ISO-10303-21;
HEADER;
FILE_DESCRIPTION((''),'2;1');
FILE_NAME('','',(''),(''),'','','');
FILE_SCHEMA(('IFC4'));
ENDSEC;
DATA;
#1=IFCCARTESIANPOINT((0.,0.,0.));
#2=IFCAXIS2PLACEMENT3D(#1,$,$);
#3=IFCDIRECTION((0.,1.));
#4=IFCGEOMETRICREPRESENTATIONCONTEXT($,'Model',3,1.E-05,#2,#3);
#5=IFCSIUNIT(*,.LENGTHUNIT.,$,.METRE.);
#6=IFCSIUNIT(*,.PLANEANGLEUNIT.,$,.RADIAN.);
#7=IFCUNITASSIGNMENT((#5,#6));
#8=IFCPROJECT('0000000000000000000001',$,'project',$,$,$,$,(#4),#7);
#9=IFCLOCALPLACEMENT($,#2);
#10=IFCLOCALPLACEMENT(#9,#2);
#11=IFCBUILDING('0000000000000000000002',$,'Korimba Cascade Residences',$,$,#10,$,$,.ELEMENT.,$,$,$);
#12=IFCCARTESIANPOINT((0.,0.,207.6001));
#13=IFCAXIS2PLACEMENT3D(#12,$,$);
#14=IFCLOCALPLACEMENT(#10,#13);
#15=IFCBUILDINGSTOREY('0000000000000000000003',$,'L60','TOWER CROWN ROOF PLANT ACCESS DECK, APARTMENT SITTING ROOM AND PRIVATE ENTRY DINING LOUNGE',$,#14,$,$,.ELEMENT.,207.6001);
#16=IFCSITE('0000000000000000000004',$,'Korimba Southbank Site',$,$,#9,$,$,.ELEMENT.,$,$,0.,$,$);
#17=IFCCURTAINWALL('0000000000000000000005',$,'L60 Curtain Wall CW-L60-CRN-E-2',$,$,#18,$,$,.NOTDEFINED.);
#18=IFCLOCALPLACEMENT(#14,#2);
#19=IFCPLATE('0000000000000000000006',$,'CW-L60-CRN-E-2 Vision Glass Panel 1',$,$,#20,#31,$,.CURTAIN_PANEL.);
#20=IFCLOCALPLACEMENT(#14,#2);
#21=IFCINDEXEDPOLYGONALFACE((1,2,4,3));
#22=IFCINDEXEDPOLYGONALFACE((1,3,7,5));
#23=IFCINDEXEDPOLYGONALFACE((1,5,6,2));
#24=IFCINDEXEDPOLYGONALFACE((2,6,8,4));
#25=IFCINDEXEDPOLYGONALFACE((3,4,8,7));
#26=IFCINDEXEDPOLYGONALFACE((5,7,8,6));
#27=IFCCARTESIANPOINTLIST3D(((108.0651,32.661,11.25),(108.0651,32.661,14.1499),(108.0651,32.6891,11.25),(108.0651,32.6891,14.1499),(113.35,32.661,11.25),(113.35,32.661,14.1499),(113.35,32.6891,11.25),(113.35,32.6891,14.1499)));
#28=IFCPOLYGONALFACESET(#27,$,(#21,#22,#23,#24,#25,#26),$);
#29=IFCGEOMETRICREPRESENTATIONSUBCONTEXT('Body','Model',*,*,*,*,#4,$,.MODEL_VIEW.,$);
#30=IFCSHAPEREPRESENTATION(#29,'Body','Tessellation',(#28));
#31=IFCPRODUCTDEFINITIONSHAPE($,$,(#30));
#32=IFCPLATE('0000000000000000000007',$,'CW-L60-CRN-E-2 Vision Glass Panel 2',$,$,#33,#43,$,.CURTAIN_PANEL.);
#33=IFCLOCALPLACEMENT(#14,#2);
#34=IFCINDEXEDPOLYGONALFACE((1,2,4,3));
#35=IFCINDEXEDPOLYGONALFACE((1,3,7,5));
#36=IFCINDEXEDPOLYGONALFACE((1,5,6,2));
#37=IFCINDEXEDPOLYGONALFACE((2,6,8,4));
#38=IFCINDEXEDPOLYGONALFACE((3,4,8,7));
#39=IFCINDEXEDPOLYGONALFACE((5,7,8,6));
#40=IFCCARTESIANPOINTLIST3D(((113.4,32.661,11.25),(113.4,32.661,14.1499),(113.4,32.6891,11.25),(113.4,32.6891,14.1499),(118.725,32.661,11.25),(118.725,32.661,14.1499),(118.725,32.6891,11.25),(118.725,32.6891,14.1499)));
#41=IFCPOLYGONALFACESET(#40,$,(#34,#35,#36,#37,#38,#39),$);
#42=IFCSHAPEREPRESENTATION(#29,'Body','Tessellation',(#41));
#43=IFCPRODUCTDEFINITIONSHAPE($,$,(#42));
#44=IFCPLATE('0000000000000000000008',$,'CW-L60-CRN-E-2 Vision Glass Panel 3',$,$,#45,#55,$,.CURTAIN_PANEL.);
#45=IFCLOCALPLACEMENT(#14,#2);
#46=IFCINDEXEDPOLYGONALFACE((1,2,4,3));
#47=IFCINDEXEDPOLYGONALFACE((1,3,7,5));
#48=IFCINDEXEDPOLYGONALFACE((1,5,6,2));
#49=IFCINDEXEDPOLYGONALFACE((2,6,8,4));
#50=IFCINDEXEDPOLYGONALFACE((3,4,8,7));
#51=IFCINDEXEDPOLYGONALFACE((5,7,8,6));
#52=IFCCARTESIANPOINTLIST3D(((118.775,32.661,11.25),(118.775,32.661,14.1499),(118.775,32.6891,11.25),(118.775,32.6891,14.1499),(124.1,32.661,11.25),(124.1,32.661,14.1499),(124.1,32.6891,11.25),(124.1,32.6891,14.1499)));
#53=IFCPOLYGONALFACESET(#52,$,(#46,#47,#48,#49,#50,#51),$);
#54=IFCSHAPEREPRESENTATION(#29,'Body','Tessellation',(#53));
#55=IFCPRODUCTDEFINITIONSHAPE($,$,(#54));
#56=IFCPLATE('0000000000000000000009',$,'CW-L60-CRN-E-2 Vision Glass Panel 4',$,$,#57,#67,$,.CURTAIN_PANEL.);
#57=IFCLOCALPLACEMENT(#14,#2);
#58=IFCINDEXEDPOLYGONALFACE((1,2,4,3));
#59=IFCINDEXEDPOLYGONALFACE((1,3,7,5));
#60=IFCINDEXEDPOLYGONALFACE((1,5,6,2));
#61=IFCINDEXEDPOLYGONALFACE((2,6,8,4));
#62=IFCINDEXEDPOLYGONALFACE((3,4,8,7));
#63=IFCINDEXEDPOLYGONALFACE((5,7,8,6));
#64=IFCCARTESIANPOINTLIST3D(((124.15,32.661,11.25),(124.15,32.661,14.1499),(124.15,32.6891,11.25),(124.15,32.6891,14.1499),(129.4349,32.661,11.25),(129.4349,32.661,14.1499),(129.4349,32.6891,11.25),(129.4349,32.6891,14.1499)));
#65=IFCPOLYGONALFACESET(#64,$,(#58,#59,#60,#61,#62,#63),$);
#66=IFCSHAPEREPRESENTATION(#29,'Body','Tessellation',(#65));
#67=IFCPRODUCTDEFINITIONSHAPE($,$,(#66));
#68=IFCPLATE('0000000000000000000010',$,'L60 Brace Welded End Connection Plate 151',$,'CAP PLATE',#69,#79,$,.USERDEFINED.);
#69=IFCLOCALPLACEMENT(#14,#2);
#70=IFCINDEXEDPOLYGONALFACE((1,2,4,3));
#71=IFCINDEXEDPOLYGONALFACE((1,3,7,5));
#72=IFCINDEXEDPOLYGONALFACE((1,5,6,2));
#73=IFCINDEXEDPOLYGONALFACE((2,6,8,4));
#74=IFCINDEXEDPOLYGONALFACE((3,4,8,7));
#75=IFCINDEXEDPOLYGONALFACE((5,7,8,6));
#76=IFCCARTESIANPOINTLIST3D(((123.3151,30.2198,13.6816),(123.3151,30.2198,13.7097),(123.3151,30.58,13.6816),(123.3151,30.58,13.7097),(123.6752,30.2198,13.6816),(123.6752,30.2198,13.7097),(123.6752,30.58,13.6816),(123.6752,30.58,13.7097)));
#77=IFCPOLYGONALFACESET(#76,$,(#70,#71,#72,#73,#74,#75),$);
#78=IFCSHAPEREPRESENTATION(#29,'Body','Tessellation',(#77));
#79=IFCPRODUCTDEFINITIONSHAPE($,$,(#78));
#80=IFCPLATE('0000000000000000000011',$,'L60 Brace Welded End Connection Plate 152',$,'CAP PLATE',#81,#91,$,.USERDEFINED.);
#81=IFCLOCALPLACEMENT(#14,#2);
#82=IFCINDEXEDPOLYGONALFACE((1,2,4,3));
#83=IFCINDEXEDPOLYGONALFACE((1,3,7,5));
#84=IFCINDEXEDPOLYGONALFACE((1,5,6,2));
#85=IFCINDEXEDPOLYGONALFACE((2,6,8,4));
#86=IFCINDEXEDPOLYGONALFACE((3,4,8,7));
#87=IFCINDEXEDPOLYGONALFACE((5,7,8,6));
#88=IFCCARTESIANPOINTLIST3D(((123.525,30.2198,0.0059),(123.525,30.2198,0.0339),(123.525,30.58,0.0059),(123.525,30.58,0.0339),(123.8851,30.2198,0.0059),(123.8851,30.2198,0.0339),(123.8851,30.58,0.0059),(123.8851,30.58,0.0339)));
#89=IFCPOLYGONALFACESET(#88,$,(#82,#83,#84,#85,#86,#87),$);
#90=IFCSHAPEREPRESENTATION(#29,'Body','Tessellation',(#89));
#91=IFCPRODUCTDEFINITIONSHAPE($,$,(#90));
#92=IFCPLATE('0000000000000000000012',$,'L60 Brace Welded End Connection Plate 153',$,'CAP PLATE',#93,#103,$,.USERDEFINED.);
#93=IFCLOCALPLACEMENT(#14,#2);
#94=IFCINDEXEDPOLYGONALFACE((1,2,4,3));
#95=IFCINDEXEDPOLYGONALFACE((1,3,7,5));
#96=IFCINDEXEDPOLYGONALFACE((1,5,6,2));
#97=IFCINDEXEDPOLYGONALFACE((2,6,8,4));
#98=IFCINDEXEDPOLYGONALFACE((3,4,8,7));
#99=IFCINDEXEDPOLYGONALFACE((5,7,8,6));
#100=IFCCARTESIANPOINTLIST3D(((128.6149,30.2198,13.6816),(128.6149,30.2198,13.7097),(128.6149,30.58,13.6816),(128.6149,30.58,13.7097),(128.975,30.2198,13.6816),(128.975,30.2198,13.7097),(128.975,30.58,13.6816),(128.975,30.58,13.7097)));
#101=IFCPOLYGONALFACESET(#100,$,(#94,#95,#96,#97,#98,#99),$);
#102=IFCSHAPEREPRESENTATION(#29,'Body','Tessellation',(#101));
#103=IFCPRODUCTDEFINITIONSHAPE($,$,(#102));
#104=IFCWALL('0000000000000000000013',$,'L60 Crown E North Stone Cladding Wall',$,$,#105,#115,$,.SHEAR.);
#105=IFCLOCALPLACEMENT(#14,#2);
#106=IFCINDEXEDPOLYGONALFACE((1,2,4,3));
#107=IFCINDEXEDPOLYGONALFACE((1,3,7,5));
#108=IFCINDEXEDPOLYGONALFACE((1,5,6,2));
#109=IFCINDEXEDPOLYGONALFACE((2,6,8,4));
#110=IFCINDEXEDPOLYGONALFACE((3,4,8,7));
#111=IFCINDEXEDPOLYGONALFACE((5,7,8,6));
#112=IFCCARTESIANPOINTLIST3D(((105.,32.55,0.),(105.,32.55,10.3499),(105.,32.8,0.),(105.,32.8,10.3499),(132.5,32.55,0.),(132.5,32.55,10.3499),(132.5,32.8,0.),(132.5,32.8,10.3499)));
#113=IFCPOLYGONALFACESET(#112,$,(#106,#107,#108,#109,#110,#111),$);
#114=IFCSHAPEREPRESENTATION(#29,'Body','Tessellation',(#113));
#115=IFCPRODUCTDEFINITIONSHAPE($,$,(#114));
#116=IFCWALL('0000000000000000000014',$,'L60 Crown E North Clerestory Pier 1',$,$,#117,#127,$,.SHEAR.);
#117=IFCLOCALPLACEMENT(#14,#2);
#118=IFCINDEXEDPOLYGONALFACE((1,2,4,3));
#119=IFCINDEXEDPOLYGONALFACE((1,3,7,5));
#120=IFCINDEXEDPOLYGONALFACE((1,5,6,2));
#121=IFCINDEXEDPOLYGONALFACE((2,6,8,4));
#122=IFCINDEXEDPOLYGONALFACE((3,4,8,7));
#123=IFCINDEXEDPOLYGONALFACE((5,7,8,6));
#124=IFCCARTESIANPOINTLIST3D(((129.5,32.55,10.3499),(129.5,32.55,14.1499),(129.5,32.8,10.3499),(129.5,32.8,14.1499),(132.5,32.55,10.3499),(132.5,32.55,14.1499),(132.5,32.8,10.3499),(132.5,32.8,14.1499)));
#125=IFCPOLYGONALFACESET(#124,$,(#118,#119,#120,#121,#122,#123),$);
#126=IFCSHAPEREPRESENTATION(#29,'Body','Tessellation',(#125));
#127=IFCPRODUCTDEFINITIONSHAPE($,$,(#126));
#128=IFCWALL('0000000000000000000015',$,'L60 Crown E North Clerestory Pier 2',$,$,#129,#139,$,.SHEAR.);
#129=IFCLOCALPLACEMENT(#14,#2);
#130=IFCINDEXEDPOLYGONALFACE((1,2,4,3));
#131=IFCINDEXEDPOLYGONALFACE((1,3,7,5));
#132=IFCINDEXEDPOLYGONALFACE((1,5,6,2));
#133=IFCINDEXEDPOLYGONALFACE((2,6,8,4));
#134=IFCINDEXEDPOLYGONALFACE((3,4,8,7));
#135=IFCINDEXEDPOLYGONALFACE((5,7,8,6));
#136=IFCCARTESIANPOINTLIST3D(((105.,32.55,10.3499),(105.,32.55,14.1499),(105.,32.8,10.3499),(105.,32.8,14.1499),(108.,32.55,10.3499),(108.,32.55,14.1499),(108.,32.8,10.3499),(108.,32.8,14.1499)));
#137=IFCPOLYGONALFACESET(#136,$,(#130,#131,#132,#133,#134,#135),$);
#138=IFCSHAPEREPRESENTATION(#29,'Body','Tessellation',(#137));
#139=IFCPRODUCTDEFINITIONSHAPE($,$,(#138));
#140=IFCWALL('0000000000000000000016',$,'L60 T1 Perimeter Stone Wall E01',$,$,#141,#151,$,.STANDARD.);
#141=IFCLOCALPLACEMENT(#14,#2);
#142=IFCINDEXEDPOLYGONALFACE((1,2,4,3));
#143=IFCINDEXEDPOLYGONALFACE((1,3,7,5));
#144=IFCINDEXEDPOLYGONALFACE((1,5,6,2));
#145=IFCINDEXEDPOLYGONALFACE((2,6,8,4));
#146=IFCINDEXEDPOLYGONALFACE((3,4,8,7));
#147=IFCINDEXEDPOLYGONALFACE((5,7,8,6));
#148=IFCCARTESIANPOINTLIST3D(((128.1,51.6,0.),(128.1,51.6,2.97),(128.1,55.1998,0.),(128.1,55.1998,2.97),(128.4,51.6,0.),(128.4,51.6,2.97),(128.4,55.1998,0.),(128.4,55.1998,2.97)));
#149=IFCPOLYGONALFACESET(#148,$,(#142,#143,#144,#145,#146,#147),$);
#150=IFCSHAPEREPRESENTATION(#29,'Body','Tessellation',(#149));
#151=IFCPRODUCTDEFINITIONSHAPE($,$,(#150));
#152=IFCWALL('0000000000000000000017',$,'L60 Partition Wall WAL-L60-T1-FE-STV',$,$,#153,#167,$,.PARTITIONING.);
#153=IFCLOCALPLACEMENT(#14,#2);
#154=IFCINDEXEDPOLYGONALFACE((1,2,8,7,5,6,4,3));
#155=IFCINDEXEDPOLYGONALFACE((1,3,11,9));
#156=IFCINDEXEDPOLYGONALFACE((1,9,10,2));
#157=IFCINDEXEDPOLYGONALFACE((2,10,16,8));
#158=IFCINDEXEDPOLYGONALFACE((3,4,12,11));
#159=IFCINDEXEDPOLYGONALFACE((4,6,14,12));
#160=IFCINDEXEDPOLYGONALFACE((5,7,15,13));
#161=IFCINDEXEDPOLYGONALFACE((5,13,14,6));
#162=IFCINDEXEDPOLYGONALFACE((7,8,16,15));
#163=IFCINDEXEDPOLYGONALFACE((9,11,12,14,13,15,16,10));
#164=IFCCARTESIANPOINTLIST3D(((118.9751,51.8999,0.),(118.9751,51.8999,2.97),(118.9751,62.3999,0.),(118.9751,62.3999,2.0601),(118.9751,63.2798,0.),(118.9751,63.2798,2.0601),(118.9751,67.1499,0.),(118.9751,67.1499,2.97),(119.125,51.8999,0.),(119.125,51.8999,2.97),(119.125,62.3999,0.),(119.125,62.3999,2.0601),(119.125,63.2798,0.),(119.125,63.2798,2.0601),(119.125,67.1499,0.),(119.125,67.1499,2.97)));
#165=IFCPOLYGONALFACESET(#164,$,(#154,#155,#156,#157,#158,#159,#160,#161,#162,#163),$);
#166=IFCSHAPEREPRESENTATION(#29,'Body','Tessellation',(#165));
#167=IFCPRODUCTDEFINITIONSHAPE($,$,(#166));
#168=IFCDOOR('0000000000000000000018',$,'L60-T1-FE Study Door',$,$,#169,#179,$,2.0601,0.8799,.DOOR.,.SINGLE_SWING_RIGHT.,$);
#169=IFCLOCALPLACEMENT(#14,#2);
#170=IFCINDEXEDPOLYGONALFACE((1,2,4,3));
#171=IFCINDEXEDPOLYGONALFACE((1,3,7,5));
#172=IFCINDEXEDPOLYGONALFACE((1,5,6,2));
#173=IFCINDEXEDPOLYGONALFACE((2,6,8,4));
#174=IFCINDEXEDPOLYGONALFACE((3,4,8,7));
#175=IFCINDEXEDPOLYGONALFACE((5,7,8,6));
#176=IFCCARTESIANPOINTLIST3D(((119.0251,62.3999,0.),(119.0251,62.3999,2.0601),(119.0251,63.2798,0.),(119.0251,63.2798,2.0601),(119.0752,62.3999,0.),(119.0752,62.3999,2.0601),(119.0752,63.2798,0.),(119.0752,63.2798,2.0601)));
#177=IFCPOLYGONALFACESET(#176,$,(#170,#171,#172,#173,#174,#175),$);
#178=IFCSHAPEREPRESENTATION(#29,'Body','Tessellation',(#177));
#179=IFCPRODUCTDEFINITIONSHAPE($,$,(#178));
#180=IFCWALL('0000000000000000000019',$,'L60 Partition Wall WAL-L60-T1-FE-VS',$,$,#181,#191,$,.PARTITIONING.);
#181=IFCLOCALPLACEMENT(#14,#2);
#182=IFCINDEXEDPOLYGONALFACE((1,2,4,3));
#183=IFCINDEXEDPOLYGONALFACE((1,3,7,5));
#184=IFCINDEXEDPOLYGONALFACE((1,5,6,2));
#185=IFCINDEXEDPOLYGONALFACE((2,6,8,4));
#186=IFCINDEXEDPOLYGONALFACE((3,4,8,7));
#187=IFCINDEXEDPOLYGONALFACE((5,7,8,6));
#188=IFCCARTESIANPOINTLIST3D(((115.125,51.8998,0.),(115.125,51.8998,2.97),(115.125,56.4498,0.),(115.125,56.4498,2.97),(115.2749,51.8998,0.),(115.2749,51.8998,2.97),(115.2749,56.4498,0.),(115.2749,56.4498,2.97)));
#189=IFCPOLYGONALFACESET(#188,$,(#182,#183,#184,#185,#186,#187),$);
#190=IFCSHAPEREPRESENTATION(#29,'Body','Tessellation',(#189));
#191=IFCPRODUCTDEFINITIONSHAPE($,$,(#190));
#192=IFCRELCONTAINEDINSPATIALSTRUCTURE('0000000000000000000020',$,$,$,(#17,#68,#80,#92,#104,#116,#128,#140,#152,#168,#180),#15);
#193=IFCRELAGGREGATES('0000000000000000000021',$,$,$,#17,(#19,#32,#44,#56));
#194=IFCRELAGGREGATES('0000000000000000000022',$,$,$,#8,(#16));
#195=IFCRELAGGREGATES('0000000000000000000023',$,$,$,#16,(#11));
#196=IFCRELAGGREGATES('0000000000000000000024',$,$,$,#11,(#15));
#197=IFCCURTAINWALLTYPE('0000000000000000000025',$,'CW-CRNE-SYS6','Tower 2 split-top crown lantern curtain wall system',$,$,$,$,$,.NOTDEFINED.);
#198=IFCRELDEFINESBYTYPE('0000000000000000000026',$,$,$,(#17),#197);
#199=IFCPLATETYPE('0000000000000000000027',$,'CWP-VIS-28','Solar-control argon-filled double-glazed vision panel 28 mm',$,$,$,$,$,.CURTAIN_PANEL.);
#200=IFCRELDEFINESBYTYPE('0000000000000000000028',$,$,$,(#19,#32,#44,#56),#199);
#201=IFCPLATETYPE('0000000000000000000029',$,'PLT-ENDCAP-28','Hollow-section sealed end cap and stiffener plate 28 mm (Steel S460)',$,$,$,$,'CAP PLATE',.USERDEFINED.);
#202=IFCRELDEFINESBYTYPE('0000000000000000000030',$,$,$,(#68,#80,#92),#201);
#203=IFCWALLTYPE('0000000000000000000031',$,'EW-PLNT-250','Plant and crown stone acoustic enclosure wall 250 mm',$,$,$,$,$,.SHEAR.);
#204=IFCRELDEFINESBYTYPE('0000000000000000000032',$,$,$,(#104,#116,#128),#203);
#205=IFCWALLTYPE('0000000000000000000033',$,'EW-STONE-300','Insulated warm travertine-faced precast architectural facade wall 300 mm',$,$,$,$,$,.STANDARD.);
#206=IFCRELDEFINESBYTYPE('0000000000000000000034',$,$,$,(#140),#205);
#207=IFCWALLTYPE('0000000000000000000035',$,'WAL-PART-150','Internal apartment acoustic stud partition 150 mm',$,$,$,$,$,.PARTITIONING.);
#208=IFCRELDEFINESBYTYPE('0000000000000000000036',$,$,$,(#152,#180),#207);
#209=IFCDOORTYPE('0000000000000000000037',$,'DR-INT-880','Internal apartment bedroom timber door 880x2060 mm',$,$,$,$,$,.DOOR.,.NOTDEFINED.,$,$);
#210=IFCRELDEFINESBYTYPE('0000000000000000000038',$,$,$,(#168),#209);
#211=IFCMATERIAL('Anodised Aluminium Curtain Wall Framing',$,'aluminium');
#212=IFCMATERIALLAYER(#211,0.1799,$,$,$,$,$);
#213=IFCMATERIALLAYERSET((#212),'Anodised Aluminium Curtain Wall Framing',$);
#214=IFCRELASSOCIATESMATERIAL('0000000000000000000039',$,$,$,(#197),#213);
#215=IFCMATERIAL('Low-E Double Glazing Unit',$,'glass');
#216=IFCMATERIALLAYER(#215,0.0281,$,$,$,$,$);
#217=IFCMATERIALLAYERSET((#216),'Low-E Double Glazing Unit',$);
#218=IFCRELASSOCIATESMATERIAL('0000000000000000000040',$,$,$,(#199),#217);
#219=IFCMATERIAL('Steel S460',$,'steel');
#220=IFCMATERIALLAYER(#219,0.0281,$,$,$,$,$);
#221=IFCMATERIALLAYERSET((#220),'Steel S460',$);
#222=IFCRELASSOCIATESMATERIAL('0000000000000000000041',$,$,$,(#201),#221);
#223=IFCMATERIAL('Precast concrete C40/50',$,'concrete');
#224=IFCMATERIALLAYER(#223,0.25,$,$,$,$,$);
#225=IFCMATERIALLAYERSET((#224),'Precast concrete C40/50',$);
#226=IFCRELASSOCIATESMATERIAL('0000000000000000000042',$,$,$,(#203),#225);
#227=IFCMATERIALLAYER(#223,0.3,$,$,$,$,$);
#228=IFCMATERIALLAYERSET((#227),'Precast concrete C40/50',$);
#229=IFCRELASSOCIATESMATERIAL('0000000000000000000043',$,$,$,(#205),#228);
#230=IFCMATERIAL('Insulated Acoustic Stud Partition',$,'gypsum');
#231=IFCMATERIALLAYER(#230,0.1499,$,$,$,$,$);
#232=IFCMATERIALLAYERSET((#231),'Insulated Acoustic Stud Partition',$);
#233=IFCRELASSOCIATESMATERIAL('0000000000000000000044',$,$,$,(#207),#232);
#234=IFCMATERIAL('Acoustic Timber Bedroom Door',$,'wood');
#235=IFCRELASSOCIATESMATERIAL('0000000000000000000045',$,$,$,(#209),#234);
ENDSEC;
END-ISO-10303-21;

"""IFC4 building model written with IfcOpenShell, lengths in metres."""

from ifc_helpers import new_model, si_unit, direction, frame, frame_2d, origin, origin_2d, place, context, subcontext, project, spatial, rectangle, extrude, material, layer, layer_set, type_object, element, fill, aggregate, save


model = new_model("IFC4")

# Units and contexts
model_context = context("Model", 3, precision=1e-05, world=origin(), true_north=direction((0.0, 1.0)))
body_context = subcontext(model_context, "Body", "Model", "MODEL_VIEW")
ifc_project = project(units=[si_unit("LENGTHUNIT", "METRE"), si_unit("PLANEANGLEUNIT", "RADIAN")], contexts=[model_context])

# Site, building, storey
site_placement = place(None, origin())
site = spatial("IfcSite", under=ifc_project, at=site_placement, Name="Korimba Southbank Site", CompositionType="ELEMENT", RefElevation=0.0)
building_placement = place(site_placement, origin())
building = spatial("IfcBuilding", under=site, at=building_placement, Name="Korimba Cascade Residences", CompositionType="ELEMENT")
storey_placement = place(building_placement, frame((0.0, 0.0, 207.6001)))
storey = spatial("IfcBuildingStorey", under=building, at=storey_placement, Name="L60", Description="TOWER CROWN ROOF PLANT ACCESS DECK, APARTMENT SITTING ROOM AND PRIVATE ENTRY DINING LOUNGE", CompositionType="ELEMENT", Elevation=207.6001)

# Curtain wall
ifc_material_1 = material(Name="Anodised Aluminium Curtain Wall Framing", Category="aluminium")
ifc_layer_1 = layer(ifc_material_1, 0.1799)
ifc_layer_set_1 = layer_set([ifc_layer_1], Name="Anodised Aluminium Curtain Wall Framing")
curtain_wall_type = type_object("IfcCurtainWallType", Name="CW-CRNE-SYS6", Description="Tower 2 split-top crown lantern curtain wall system", PredefinedType="NOTDEFINED", material=ifc_layer_set_1)
curtain_wall_placement = place(storey_placement, origin())
curtain_wall = element("IfcCurtainWall", 1, at=curtain_wall_placement, inside=storey, type_object=curtain_wall_type, Name="L60 Curtain Wall CW-L60-CRN-E-2", PredefinedType="NOTDEFINED")

# Plates
ifc_material_2 = material(Name="Low-E Double Glazing Unit", Category="glass")
ifc_layer_2 = layer(ifc_material_2, 0.0281)
ifc_layer_set_2 = layer_set([ifc_layer_2], Name="Low-E Double Glazing Unit")
plate_type_1 = type_object("IfcPlateType", Name="CWP-VIS-28", Description="Solar-control argon-filled double-glazed vision panel 28 mm", PredefinedType="CURTAIN_PANEL", material=ifc_layer_set_2)
plate_1_placement = place(storey_placement, frame((110.7075, 32.675, 11.25), z_axis=(0.0, 0.0, 1.0), x_axis=(1.0, 0.0, 0.0)))
plate_1 = element("IfcPlate", 2, at=plate_1_placement, type_object=plate_type_1, Name="CW-L60-CRN-E-2 Vision Glass Panel 1", PredefinedType="CURTAIN_PANEL", context=body_context, shape_type="SweptSolid", body=[
    extrude(rectangle(XDim=5.2849, YDim=0.0281, at=origin_2d()), origin(), (0.0, 0.0, 1.0), 2.8999),
])
plate_2_placement = place(storey_placement, frame((116.0625, 32.675, 11.25), z_axis=(0.0, 0.0, 1.0), x_axis=(1.0, 0.0, 0.0)))
plate_2 = element("IfcPlate", 3, at=plate_2_placement, type_object=plate_type_1, Name="CW-L60-CRN-E-2 Vision Glass Panel 2", PredefinedType="CURTAIN_PANEL", context=body_context, shape_type="SweptSolid", body=[
    extrude(rectangle(XDim=5.325, YDim=0.0281, at=origin_2d()), origin(), (0.0, 0.0, 1.0), 2.8999),
])
plate_3_placement = place(storey_placement, frame((121.4375, 32.675, 11.25), z_axis=(0.0, 0.0, 1.0), x_axis=(1.0, 0.0, 0.0)))
plate_3 = element("IfcPlate", 4, at=plate_3_placement, type_object=plate_type_1, Name="CW-L60-CRN-E-2 Vision Glass Panel 3", PredefinedType="CURTAIN_PANEL", context=body_context, shape_type="SweptSolid", body=[
    extrude(rectangle(XDim=5.325, YDim=0.0281, at=origin_2d()), origin(), (0.0, 0.0, 1.0), 2.8999),
])
plate_4_placement = place(storey_placement, frame((126.7925, 32.675, 11.25), z_axis=(0.0, 0.0, 1.0), x_axis=(1.0, 0.0, 0.0)))
plate_4 = element("IfcPlate", 5, at=plate_4_placement, type_object=plate_type_1, Name="CW-L60-CRN-E-2 Vision Glass Panel 4", PredefinedType="CURTAIN_PANEL", context=body_context, shape_type="SweptSolid", body=[
    extrude(rectangle(XDim=5.2849, YDim=0.0281, at=origin_2d()), origin(), (0.0, 0.0, 1.0), 2.8999),
])
aggregate(curtain_wall, [plate_1, plate_2, plate_3, plate_4])

# Plates
ifc_material_3 = material(Name="Steel S460", Category="steel")
ifc_layer_3 = layer(ifc_material_3, 0.0281)
ifc_layer_set_3 = layer_set([ifc_layer_3], Name="Steel S460")
plate_type_2 = type_object("IfcPlateType", Name="PLT-ENDCAP-28", Description="Hollow-section sealed end cap and stiffener plate 28 mm (Steel S460)", ElementType="CAP PLATE", PredefinedType="USERDEFINED", material=ifc_layer_set_3)
for number, where, z_axis, x_axis, name in (
    (6, (123.4951, 30.3999, 13.6816), (0.0, 0.0, 1.0), (1.0, 0.0, 0.0), "L60 Brace Welded End Connection Plate 151"),
    (7, (123.7051, 30.3999, 0.0059), (0.0, 0.0, 1.0), (1.0, 0.0, 0.0), "L60 Brace Welded End Connection Plate 152"),
    (8, (128.7949, 30.3999, 13.6816), (0.0, 0.0, 1.0), (1.0, 0.0, 0.0), "L60 Brace Welded End Connection Plate 153"),
):
    element("IfcPlate", number, at=place(storey_placement, frame(where, z_axis=z_axis, x_axis=x_axis)), inside=storey, type_object=plate_type_2, Name=name, ObjectType="CAP PLATE", PredefinedType="USERDEFINED", context=body_context, shape_type="SweptSolid", body=[
        extrude(rectangle(XDim=0.3601, YDim=0.3601, at=origin_2d()), origin(), (0.0, 0.0, 1.0), 0.0281),
    ])

# Walls
ifc_material_4 = material(Name="Precast concrete C40/50", Category="concrete")
ifc_layer_4 = layer(ifc_material_4, 0.25)
ifc_layer_set_4 = layer_set([ifc_layer_4], Name="Precast concrete C40/50")
wall_type_1 = type_object("IfcWallType", Name="EW-PLNT-250", Description="Plant and crown stone acoustic enclosure wall 250 mm", PredefinedType="SHEAR", material=ifc_layer_set_4)
wall_1_placement = place(storey_placement, frame((132.5, 32.675, 0.0), z_axis=(0.0, 0.0, 1.0), x_axis=(-1.0, 0.0, 0.0)))
element("IfcWall", 9, at=wall_1_placement, inside=storey, type_object=wall_type_1, Name="L60 Crown E North Stone Cladding Wall", PredefinedType="SHEAR", context=body_context, shape_type="SweptSolid", body=[
    extrude(rectangle(XDim=27.5, YDim=0.25, at=frame_2d((13.75, 0.0))), origin(), (0.0, 0.0, 1.0), 10.3499),
])
for number, where, z_axis, x_axis, name in (
    (10, (132.5, 32.675, 10.3499), (0.0, 0.0, 1.0), (-1.0, 0.0, 0.0), "L60 Crown E North Clerestory Pier 1"),
    (11, (108.0, 32.675, 10.3499), (0.0, 0.0, 1.0), (-1.0, 0.0, 0.0), "L60 Crown E North Clerestory Pier 2"),
):
    element("IfcWall", number, at=place(storey_placement, frame(where, z_axis=z_axis, x_axis=x_axis)), inside=storey, type_object=wall_type_1, Name=name, PredefinedType="SHEAR", context=body_context, shape_type="SweptSolid", body=[
        extrude(rectangle(XDim=3.0, YDim=0.25, at=frame_2d((1.5, 0.0))), origin(), (0.0, 0.0, 1.0), 3.8),
    ])
ifc_layer_5 = layer(ifc_material_4, 0.3)
ifc_layer_set_5 = layer_set([ifc_layer_5], Name="Precast concrete C40/50")
wall_type_2 = type_object("IfcWallType", Name="EW-STONE-300", Description="Insulated warm travertine-faced precast architectural facade wall 300 mm", PredefinedType="STANDARD", material=ifc_layer_set_5)
wall_2_placement = place(storey_placement, frame((128.25, 51.6001, 0.0), z_axis=(0.0, 0.0, 1.0), x_axis=(0.0, 1.0, 0.0)))
element("IfcWall", 12, at=wall_2_placement, inside=storey, type_object=wall_type_2, Name="L60 T1 Perimeter Stone Wall E01", PredefinedType="STANDARD", context=body_context, shape_type="SweptSolid", body=[
    extrude(rectangle(XDim=3.5999, YDim=0.3, at=frame_2d((1.7998, 0.0))), origin(), (0.0, 0.0, 1.0), 2.97),
])

# Wall, opening, door
ifc_material_5 = material(Name="Insulated Acoustic Stud Partition", Category="gypsum")
ifc_layer_6 = layer(ifc_material_5, 0.1499)
ifc_layer_set_6 = layer_set([ifc_layer_6], Name="Insulated Acoustic Stud Partition")
wall_type_3 = type_object("IfcWallType", Name="WAL-PART-150", Description="Internal apartment acoustic stud partition 150 mm", PredefinedType="PARTITIONING", material=ifc_layer_set_6)
wall_3_placement = place(storey_placement, frame((119.05, 51.8999, 0.0), z_axis=(0.0, 0.0, 1.0), x_axis=(0.0, 1.0, 0.0)))
wall_3 = element("IfcWall", 13, at=wall_3_placement, inside=storey, type_object=wall_type_3, Name="L60 Partition Wall WAL-L60-T1-FE-STV", PredefinedType="PARTITIONING", context=body_context, shape_type="SweptSolid", body=[
    extrude(rectangle(XDim=15.25, YDim=0.1499, at=frame_2d((7.625, 0.0))), origin(), (0.0, 0.0, 1.0), 2.97),
])
opening_placement = place(wall_3_placement, frame((10.5, 0.0, 0.0)))
opening = element("IfcOpeningElement", 14, at=opening_placement, cuts=wall_3, PredefinedType="OPENING", context=body_context, shape_type="SweptSolid", body=[
    extrude(rectangle(XDim=0.8799, YDim=2.0601, at=frame_2d((0.4399, 1.03))), frame((0.0, 0.085, 0.0), z_axis=(0.0, -1.0, 0.0), x_axis=(1.0, 0.0, 0.0)), (0.0, 0.0, 1.0), 0.1699),
])
ifc_material_6 = material(Name="Acoustic Timber Bedroom Door", Category="wood")
door_type = type_object("IfcDoorType", Name="DR-INT-880", Description="Internal apartment bedroom timber door 880x2060 mm", OperationType="NOTDEFINED", PredefinedType="DOOR", material=ifc_material_6)
door_placement = place(opening_placement, origin())
door = element("IfcDoor", 15, at=door_placement, inside=storey, type_object=door_type, Name="L60-T1-FE Study Door", OperationType="SINGLE_SWING_RIGHT", OverallHeight=2.0601, OverallWidth=0.8799, PredefinedType="DOOR", context=body_context, shape_type="SweptSolid", body=[
    extrude(rectangle(XDim=0.8799, YDim=2.0601, at=frame_2d((0.4399, 1.03))), frame((0.0, 0.0249, 0.0), z_axis=(0.0, -1.0, 0.0), x_axis=(1.0, 0.0, 0.0)), (0.0, 0.0, 1.0), 0.05),
])
fill(opening, door)

# Wall
wall_4_placement = place(storey_placement, frame((115.2, 51.8999, 0.0), z_axis=(0.0, 0.0, 1.0), x_axis=(0.0, 1.0, 0.0)))
element("IfcWall", 16, at=wall_4_placement, inside=storey, type_object=wall_type_3, Name="L60 Partition Wall WAL-L60-T1-FE-VS", PredefinedType="PARTITIONING", context=body_context, shape_type="SweptSolid", body=[
    extrude(rectangle(XDim=4.55, YDim=0.1499, at=frame_2d((2.2749, 0.0))), origin(), (0.0, 0.0, 1.0), 2.97),
])

save(model, "model.ifc")
